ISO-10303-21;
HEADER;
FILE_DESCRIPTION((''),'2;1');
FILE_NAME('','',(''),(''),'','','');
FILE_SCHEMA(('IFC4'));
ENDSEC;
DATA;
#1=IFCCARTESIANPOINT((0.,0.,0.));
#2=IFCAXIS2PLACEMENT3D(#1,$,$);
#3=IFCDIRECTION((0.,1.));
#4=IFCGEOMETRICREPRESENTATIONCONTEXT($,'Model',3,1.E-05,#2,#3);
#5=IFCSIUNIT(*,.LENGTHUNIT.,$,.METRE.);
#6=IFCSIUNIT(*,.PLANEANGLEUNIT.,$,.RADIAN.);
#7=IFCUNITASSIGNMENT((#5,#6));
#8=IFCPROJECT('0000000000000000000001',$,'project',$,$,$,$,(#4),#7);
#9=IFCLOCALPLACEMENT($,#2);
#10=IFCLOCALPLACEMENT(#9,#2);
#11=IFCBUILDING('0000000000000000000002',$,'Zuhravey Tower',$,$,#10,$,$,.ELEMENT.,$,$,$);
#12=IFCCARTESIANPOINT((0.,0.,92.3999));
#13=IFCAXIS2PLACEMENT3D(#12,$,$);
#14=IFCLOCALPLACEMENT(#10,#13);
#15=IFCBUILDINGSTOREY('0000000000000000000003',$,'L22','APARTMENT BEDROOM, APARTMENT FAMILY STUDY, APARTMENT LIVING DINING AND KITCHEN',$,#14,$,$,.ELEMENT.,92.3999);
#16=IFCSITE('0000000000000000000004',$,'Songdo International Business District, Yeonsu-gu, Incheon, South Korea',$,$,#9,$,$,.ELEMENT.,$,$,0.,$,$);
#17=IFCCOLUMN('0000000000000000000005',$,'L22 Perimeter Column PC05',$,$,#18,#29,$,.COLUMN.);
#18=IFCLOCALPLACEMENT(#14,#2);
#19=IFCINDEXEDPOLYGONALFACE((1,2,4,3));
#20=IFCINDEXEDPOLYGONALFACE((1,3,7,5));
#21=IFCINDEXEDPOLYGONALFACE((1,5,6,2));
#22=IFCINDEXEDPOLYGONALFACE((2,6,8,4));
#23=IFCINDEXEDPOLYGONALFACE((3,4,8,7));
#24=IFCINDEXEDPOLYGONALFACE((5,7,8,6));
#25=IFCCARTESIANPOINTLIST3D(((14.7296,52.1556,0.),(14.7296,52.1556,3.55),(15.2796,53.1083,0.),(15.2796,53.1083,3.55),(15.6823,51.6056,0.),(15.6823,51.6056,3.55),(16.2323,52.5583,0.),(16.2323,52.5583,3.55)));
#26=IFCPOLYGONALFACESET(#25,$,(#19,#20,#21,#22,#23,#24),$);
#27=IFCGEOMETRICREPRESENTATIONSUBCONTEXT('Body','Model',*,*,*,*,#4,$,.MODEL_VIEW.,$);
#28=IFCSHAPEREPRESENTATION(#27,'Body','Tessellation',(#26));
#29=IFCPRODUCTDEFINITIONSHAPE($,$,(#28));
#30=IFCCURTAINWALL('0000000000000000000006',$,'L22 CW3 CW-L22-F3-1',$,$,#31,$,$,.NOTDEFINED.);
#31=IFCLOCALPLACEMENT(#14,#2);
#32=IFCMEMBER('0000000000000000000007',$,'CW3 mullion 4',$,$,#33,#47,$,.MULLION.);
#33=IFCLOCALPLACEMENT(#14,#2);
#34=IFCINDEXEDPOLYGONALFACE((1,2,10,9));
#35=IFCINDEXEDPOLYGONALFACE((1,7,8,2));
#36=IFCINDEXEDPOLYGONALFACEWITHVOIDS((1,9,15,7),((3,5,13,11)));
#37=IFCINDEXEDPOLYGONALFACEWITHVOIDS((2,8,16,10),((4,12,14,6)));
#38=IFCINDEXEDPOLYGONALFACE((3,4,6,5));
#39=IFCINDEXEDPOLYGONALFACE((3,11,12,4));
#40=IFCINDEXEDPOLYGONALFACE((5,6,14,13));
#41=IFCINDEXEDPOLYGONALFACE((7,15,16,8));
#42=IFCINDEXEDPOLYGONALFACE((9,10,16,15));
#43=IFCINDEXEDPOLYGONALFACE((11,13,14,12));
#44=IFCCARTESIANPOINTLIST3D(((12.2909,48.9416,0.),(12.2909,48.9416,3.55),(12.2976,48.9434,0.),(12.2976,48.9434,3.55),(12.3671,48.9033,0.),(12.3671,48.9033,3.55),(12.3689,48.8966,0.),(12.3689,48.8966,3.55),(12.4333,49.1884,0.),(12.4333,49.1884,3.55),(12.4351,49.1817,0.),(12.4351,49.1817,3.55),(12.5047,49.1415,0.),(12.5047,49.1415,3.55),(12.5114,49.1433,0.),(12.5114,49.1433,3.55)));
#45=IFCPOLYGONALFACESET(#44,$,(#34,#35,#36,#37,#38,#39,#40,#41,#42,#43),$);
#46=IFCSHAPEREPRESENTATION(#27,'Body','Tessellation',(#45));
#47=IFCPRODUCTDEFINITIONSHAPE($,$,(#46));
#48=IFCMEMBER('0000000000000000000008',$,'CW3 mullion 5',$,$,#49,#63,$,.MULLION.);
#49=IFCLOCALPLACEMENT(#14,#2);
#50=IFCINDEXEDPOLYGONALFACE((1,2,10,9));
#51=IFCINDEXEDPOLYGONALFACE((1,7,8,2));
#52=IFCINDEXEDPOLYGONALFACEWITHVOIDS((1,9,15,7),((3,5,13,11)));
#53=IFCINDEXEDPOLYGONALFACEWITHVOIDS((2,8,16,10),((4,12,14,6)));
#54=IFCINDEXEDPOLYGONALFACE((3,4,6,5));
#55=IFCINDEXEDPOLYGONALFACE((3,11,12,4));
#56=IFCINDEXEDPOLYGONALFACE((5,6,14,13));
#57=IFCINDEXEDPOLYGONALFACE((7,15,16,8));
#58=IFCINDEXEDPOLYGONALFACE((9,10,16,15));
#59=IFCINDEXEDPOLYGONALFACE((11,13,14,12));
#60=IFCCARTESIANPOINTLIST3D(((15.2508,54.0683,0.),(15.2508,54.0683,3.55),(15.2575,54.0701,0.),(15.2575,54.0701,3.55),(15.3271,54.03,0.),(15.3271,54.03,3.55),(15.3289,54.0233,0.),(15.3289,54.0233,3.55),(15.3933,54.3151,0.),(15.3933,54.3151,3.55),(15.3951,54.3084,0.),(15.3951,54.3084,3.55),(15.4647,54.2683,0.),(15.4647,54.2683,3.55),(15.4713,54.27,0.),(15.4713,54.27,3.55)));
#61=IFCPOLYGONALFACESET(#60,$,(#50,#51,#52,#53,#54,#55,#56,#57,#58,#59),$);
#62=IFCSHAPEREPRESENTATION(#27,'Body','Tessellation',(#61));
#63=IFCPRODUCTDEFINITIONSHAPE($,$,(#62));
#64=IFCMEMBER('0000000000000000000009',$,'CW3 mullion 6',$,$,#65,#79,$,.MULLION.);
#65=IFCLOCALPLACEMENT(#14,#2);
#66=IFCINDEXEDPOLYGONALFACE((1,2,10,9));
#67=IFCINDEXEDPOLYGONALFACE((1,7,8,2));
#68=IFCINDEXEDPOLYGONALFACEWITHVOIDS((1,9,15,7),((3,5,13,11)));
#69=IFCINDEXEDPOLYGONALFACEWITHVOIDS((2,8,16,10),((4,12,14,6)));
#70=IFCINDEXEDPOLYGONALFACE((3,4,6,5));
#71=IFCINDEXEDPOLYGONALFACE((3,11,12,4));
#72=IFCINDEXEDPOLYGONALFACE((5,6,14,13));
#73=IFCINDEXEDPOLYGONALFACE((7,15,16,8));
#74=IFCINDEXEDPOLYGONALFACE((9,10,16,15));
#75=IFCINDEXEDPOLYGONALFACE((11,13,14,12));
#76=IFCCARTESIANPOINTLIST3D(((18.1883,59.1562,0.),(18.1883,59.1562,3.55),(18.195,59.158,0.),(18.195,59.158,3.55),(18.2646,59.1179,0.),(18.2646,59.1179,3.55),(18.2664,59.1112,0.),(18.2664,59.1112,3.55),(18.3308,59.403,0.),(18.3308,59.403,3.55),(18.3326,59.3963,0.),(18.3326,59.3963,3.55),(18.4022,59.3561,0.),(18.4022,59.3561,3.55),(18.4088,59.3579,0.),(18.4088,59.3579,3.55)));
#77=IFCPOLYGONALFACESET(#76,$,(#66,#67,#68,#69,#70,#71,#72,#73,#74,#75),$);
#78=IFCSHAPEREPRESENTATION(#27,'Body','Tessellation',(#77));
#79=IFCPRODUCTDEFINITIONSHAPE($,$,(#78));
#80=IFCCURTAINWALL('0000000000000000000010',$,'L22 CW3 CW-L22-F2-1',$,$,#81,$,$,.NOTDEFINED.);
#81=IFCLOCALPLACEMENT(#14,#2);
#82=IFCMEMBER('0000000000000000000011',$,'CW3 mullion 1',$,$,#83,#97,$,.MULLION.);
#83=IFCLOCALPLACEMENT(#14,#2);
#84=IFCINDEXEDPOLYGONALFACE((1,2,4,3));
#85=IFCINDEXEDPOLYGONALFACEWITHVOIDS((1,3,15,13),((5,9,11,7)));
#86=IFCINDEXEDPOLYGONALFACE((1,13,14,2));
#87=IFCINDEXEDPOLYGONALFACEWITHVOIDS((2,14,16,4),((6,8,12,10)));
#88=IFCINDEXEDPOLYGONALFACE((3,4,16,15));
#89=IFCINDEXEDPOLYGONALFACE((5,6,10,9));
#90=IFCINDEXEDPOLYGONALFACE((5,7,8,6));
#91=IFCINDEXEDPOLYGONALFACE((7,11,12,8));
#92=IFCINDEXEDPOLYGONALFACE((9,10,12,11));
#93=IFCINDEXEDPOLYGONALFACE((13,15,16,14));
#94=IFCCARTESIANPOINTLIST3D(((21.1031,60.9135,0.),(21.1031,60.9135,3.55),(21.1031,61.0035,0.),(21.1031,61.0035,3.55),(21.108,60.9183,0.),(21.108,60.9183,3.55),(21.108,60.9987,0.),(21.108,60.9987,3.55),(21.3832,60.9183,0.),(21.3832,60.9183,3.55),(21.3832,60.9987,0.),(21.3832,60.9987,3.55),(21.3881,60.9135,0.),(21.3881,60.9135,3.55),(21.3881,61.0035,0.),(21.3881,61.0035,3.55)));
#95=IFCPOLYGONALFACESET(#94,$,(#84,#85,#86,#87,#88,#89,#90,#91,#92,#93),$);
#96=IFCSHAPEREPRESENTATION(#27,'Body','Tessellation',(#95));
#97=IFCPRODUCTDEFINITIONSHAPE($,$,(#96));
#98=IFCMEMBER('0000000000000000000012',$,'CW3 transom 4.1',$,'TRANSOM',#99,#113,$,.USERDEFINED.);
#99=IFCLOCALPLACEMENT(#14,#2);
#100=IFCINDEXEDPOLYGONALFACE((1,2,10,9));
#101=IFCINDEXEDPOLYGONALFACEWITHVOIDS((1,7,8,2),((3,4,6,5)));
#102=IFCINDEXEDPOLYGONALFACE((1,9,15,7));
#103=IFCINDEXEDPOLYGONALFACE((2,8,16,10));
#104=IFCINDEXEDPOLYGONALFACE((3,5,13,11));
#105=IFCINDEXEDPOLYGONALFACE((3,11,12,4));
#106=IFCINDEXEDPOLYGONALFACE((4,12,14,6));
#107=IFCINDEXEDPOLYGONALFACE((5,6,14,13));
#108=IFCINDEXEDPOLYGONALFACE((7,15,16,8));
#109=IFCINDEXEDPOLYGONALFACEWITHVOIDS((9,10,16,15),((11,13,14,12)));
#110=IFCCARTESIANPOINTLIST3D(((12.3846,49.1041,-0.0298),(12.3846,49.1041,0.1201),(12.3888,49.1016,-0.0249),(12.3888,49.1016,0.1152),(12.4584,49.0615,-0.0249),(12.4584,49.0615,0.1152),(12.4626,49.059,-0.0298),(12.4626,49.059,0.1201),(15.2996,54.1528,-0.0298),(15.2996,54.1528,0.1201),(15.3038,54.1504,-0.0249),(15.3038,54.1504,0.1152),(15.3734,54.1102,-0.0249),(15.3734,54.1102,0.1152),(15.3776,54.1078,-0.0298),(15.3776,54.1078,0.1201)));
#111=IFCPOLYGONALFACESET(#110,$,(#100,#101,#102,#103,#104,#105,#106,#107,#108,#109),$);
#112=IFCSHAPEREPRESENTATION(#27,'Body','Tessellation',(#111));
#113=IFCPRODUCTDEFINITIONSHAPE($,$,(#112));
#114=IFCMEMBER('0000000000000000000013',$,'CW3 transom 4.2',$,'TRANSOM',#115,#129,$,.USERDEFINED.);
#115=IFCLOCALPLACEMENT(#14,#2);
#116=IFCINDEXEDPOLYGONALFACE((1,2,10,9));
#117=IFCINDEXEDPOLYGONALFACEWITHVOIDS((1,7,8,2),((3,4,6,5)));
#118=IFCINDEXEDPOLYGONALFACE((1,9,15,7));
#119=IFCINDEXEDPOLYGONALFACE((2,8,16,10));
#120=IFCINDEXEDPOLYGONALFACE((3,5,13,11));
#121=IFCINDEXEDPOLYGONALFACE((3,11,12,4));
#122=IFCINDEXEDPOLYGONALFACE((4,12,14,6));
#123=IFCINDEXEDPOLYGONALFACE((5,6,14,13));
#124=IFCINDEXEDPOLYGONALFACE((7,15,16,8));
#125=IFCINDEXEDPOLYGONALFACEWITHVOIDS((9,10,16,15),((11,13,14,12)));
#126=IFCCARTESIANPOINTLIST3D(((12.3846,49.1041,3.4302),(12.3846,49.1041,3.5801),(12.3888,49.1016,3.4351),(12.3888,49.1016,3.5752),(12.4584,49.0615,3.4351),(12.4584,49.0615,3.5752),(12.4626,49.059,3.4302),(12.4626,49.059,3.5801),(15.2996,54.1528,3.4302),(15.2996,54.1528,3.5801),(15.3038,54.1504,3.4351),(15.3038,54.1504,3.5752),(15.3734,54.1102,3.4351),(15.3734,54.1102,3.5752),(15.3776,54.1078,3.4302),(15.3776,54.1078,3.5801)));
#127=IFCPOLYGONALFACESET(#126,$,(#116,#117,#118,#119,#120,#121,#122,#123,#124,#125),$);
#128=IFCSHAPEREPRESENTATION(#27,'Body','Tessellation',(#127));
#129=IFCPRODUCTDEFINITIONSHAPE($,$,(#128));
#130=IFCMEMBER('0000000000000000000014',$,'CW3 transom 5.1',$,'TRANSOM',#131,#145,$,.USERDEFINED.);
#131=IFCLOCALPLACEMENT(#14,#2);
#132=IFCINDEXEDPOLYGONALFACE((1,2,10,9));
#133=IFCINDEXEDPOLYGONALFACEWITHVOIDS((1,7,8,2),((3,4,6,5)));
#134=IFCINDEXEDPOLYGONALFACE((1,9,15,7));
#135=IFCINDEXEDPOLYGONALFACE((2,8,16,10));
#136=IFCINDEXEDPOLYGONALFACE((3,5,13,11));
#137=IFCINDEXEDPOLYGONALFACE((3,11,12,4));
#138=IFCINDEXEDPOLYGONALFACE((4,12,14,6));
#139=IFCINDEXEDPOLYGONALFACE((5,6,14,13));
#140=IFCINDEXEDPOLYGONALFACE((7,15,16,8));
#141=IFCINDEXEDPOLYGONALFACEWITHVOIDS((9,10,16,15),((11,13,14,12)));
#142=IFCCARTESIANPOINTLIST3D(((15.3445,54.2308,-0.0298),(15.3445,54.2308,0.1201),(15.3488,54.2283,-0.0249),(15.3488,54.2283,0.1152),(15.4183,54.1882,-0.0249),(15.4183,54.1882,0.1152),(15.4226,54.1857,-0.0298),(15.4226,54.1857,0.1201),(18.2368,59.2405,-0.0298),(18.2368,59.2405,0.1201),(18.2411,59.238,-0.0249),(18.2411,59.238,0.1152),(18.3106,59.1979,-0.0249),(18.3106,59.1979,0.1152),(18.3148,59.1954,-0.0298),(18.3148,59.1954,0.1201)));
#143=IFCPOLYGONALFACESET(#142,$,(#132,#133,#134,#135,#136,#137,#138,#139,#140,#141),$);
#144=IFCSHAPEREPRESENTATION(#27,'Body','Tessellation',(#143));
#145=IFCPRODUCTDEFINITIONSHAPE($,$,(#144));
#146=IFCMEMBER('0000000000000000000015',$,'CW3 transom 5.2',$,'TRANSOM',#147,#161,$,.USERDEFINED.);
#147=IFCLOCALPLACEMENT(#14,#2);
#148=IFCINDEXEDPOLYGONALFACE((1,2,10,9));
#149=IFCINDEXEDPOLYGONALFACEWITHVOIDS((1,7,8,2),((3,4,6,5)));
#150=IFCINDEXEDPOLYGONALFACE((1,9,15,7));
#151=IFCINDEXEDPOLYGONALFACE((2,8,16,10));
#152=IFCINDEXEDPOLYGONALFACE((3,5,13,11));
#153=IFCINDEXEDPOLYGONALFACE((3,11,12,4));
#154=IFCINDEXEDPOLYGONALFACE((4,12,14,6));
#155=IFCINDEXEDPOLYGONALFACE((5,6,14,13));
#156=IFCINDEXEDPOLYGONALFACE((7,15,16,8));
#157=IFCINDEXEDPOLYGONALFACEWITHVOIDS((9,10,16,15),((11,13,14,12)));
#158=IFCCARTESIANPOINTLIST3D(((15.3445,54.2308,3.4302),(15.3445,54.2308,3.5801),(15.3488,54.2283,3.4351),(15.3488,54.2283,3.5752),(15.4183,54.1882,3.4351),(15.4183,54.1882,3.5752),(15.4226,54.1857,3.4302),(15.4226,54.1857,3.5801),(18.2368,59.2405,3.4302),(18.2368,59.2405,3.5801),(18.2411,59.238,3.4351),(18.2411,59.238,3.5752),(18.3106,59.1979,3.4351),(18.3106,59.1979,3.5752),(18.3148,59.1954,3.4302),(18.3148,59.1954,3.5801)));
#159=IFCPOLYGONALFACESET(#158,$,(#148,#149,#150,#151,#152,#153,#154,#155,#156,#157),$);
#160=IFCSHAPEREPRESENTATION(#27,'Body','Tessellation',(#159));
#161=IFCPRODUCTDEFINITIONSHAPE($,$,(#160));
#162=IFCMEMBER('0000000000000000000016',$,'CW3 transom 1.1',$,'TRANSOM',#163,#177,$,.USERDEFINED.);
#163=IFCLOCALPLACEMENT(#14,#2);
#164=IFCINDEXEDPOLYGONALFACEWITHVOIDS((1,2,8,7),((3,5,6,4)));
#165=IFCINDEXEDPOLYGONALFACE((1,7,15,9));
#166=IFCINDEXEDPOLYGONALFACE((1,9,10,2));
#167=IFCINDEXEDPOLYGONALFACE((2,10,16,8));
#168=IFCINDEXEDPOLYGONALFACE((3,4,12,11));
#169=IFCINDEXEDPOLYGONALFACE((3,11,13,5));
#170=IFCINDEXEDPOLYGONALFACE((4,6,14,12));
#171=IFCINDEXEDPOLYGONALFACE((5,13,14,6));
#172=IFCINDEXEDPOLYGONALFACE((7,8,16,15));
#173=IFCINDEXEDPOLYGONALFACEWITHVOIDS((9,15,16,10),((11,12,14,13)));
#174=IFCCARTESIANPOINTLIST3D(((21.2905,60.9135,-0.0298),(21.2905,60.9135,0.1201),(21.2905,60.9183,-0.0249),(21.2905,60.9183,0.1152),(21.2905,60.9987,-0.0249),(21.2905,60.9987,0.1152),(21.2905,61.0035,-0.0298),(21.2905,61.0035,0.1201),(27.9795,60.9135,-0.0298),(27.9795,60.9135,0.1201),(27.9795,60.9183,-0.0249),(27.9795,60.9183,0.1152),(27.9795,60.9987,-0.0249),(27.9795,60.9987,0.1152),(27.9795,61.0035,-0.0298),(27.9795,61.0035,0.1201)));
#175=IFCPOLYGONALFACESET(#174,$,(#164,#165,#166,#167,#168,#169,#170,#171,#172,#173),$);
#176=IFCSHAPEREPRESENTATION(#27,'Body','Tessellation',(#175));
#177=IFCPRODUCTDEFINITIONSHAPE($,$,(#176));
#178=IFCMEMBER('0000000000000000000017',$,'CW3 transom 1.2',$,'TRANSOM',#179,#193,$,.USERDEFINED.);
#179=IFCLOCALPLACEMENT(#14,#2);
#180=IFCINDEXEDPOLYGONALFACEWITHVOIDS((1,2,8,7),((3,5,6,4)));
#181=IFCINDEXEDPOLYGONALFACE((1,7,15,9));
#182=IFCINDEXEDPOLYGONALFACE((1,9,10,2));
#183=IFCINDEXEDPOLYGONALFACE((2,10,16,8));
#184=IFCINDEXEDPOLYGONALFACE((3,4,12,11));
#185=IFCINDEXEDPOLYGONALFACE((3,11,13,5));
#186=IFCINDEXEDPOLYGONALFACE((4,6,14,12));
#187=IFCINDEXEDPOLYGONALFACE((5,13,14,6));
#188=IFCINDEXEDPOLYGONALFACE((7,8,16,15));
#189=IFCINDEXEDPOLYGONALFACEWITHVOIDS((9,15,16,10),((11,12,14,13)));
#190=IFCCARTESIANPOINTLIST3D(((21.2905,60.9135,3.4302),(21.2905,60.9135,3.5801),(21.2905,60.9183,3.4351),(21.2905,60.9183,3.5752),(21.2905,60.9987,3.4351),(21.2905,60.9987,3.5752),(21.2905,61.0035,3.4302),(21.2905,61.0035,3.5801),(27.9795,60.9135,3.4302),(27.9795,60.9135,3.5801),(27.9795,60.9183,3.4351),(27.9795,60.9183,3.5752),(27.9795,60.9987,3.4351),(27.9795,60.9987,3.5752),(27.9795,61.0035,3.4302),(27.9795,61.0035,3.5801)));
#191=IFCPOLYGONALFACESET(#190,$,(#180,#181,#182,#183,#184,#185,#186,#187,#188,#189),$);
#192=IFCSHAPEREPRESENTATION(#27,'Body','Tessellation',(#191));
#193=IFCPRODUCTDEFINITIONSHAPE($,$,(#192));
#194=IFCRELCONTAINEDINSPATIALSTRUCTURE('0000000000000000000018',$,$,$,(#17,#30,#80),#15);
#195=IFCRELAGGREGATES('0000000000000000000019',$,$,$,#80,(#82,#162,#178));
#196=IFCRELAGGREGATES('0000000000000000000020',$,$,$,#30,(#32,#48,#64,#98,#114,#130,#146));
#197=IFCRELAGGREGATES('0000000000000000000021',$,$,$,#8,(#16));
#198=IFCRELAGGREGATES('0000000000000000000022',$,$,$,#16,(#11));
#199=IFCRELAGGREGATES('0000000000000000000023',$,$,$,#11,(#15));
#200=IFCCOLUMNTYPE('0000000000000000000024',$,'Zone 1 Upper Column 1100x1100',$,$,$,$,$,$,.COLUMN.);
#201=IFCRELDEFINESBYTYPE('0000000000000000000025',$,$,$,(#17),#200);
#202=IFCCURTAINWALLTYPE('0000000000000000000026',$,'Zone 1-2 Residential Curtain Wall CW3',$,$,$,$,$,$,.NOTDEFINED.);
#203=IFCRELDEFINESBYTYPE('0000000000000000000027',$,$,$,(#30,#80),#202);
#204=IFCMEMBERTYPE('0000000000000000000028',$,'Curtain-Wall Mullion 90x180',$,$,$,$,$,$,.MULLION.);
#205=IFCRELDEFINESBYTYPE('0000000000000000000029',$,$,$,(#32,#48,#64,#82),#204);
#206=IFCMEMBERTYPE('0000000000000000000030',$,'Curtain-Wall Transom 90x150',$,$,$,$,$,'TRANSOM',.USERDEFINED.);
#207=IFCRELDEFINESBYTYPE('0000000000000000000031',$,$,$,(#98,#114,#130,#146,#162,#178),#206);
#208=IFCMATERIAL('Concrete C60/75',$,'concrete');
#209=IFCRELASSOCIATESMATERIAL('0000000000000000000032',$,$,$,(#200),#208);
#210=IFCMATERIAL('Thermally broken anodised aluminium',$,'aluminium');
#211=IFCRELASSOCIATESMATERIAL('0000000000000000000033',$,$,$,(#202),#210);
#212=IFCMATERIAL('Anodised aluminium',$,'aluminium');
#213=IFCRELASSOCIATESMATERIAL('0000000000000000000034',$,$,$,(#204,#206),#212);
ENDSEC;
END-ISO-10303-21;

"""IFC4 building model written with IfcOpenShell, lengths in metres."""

from ifc_helpers import new_model, si_unit, direction, frame, origin, origin_2d, place, context, subcontext, project, spatial, rectangle, hollow_rectangle, extrude, material, material_profile, profile_set, type_object, element, aggregate, save


model = new_model("IFC4")

# Units and contexts
model_context = context("Model", 3, precision=1e-05, world=origin(), true_north=direction((0.0, 1.0)))
body_context = subcontext(model_context, "Body", "Model", "MODEL_VIEW")
ifc_project = project(units=[si_unit("LENGTHUNIT", "METRE"), si_unit("PLANEANGLEUNIT", "RADIAN")], contexts=[model_context])

# Site, building, storey
site_placement = place(None, origin())
site = spatial("IfcSite", under=ifc_project, at=site_placement, Name="Songdo International Business District, Yeonsu-gu, Incheon, South Korea", CompositionType="ELEMENT", RefElevation=0.0)
building_placement = place(site_placement, origin())
building = spatial("IfcBuilding", under=site, at=building_placement, Name="Zuhravey Tower", CompositionType="ELEMENT")
storey_placement = place(building_placement, frame((0.0, 0.0, 92.3999)))
storey = spatial("IfcBuildingStorey", under=building, at=storey_placement, Name="L22", Description="APARTMENT BEDROOM, APARTMENT FAMILY STUDY, APARTMENT LIVING DINING AND KITCHEN", CompositionType="ELEMENT", Elevation=92.3999)

# Column
ifc_material_1 = material(Name="Concrete C60/75", Category="concrete")
ifc_material_profile_1 = material_profile(ifc_material_1, rectangle(XDim=1.1001, YDim=1.1001, at=origin_2d()), Name="RC-1100x1100")
ifc_profile_set_1 = profile_set([ifc_material_profile_1], Name="Concrete C60/75")
column_type = type_object("IfcColumnType", Name="Zone 1 Upper Column 1100x1100", PredefinedType="COLUMN", material=ifc_profile_set_1)
column_placement = place(storey_placement, frame((15.481, 52.3569, 0.0), z_axis=(0.0, 0.0, 1.0), x_axis=(-0.5, -0.866025, 0.0)))
element("IfcColumn", 1, at=column_placement, inside=storey, type_object=column_type, Name="L22 Perimeter Column PC05", PredefinedType="COLUMN", context=body_context, shape_type="SweptSolid", body=[
    extrude(rectangle(XDim=1.1001, YDim=1.1001, at=origin_2d()), origin(), (0.0, 0.0, 1.0), 3.55),
])

# Curtain wall, members
ifc_material_2 = material(Name="Thermally broken anodised aluminium", Category="aluminium")
curtain_wall_type = type_object("IfcCurtainWallType", Name="Zone 1-2 Residential Curtain Wall CW3", PredefinedType="NOTDEFINED", material=ifc_material_2)
curtain_wall_1_placement = place(storey_placement, origin())
curtain_wall_1 = element("IfcCurtainWall", 2, at=curtain_wall_1_placement, inside=storey, type_object=curtain_wall_type, Name="L22 CW3 CW-L22-F3-1", PredefinedType="NOTDEFINED")
ifc_material_3 = material(Name="Anodised aluminium", Category="aluminium")
ifc_material_profile_2 = material_profile(ifc_material_3, hollow_rectangle(XDim=0.0901, YDim=0.2849, WallThickness=0.0049, at=origin_2d()), Name="ALU-RHS-90x285x5")
ifc_profile_set_2 = profile_set([ifc_material_profile_2], Name="Anodised aluminium")
member_type_1 = type_object("IfcMemberType", Name="Curtain-Wall Mullion 90x180", PredefinedType="MULLION", material=ifc_profile_set_2)
member_1_placement = place(storey_placement, frame((12.4011, 49.0425, 0.0), z_axis=(0.0, 0.0, 1.0), x_axis=(-0.866026, 0.5, 0.0)))
member_1 = element("IfcMember", 3, at=member_1_placement, type_object=member_type_1, Name="CW3 mullion 4", PredefinedType="MULLION", context=body_context, shape_type="SweptSolid", body=[
    extrude(hollow_rectangle(XDim=0.0901, YDim=0.2849, WallThickness=0.0049, at=origin_2d()), origin(), (0.0, 0.0, 1.0), 3.55),
])
member_2_placement = place(storey_placement, frame((15.3611, 54.1692, 0.0), z_axis=(0.0, 0.0, 1.0), x_axis=(-0.866026, 0.5, 0.0)))
member_2 = element("IfcMember", 4, at=member_2_placement, type_object=member_type_1, Name="CW3 mullion 5", PredefinedType="MULLION", context=body_context, shape_type="SweptSolid", body=[
    extrude(hollow_rectangle(XDim=0.0901, YDim=0.2849, WallThickness=0.0049, at=origin_2d()), origin(), (0.0, 0.0, 1.0), 3.55),
])
member_3_placement = place(storey_placement, frame((18.2986, 59.2571, 0.0), z_axis=(0.0, 0.0, 1.0), x_axis=(-0.866026, 0.5, 0.0)))
member_3 = element("IfcMember", 5, at=member_3_placement, type_object=member_type_1, Name="CW3 mullion 6", PredefinedType="MULLION", context=body_context, shape_type="SweptSolid", body=[
    extrude(hollow_rectangle(XDim=0.0901, YDim=0.2849, WallThickness=0.0049, at=origin_2d()), origin(), (0.0, 0.0, 1.0), 3.55),
])

# Curtain wall, member
curtain_wall_2_placement = place(storey_placement, origin())
curtain_wall_2 = element("IfcCurtainWall", 6, at=curtain_wall_2_placement, inside=storey, type_object=curtain_wall_type, Name="L22 CW3 CW-L22-F2-1", PredefinedType="NOTDEFINED")
member_4_placement = place(storey_placement, frame((21.2456, 60.9585, 0.0), z_axis=(0.0, 0.0, 1.0), x_axis=(0.0, 1.0, 0.0)))
member_4 = element("IfcMember", 7, at=member_4_placement, type_object=member_type_1, Name="CW3 mullion 1", PredefinedType="MULLION", context=body_context, shape_type="SweptSolid", body=[
    extrude(hollow_rectangle(XDim=0.0901, YDim=0.2849, WallThickness=0.0049, at=origin_2d()), origin(), (0.0, 0.0, 1.0), 3.55),
])

# Members
ifc_material_profile_3 = material_profile(ifc_material_3, hollow_rectangle(XDim=0.0901, YDim=0.1499, WallThickness=0.0049, at=origin_2d()), Name="ALU-RHS-90x150x5")
ifc_profile_set_3 = profile_set([ifc_material_profile_3], Name="Anodised aluminium")
member_type_2 = type_object("IfcMemberType", Name="Curtain-Wall Transom 90x150", ElementType="TRANSOM", PredefinedType="USERDEFINED", material=ifc_profile_set_3)
member_5_placement = place(storey_placement, frame((12.4236, 49.0815, 0.0452), z_axis=(0.500012, 0.866018, 0.0), x_axis=(-0.866018, 0.500012, 0.0)))
member_5 = element("IfcMember", 8, at=member_5_placement, type_object=member_type_2, Name="CW3 transom 4.1", ObjectType="TRANSOM", PredefinedType="USERDEFINED", context=body_context, shape_type="SweptSolid", body=[
    extrude(hollow_rectangle(XDim=0.0901, YDim=0.1499, WallThickness=0.0049, at=origin_2d()), origin(), (0.0, 0.0, 1.0), 5.8298),
])
member_6_placement = place(storey_placement, frame((12.4236, 49.0815, 3.5051), z_axis=(0.500012, 0.866018, 0.0), x_axis=(-0.866018, 0.500012, 0.0)))
member_6 = element("IfcMember", 9, at=member_6_placement, type_object=member_type_2, Name="CW3 transom 4.2", ObjectType="TRANSOM", PredefinedType="USERDEFINED", context=body_context, shape_type="SweptSolid", body=[
    extrude(hollow_rectangle(XDim=0.0901, YDim=0.1499, WallThickness=0.0049, at=origin_2d()), origin(), (0.0, 0.0, 1.0), 5.8298),
])
member_7_placement = place(storey_placement, frame((15.3835, 54.2083, 0.0452), z_axis=(0.499993, 0.86603, 0.0), x_axis=(-0.86603, 0.499993, 0.0)))
member_7 = element("IfcMember", 10, at=member_7_placement, type_object=member_type_2, Name="CW3 transom 5.1", ObjectType="TRANSOM", PredefinedType="USERDEFINED", context=body_context, shape_type="SweptSolid", body=[
    extrude(hollow_rectangle(XDim=0.0901, YDim=0.1499, WallThickness=0.0049, at=origin_2d()), origin(), (0.0, 0.0, 1.0), 5.7847),
])
member_8_placement = place(storey_placement, frame((15.3835, 54.2083, 3.5051), z_axis=(0.499993, 0.86603, 0.0), x_axis=(-0.86603, 0.499993, 0.0)))
member_8 = element("IfcMember", 11, at=member_8_placement, type_object=member_type_2, Name="CW3 transom 5.2", ObjectType="TRANSOM", PredefinedType="USERDEFINED", context=body_context, shape_type="SweptSolid", body=[
    extrude(hollow_rectangle(XDim=0.0901, YDim=0.1499, WallThickness=0.0049, at=origin_2d()), origin(), (0.0, 0.0, 1.0), 5.7847),
])
member_9_placement = place(storey_placement, frame((21.2905, 60.9585, 0.0452), z_axis=(1.0, 0.0, 0.0), x_axis=(0.0, 1.0, 0.0)))
member_9 = element("IfcMember", 12, at=member_9_placement, type_object=member_type_2, Name="CW3 transom 1.1", ObjectType="TRANSOM", PredefinedType="USERDEFINED", context=body_context, shape_type="SweptSolid", body=[
    extrude(hollow_rectangle(XDim=0.0901, YDim=0.1499, WallThickness=0.0049, at=origin_2d()), origin(), (0.0, 0.0, 1.0), 6.689),
])
member_10_placement = place(storey_placement, frame((21.2905, 60.9585, 3.5051), z_axis=(1.0, 0.0, 0.0), x_axis=(0.0, 1.0, 0.0)))
member_10 = element("IfcMember", 13, at=member_10_placement, type_object=member_type_2, Name="CW3 transom 1.2", ObjectType="TRANSOM", PredefinedType="USERDEFINED", context=body_context, shape_type="SweptSolid", body=[
    extrude(hollow_rectangle(XDim=0.0901, YDim=0.1499, WallThickness=0.0049, at=origin_2d()), origin(), (0.0, 0.0, 1.0), 6.689),
])
aggregate(curtain_wall_2, [member_4, member_9, member_10])

aggregate(curtain_wall_1, [member_1, member_2, member_3, member_5, member_6, member_7, member_8])

save(model, "model.ifc")
